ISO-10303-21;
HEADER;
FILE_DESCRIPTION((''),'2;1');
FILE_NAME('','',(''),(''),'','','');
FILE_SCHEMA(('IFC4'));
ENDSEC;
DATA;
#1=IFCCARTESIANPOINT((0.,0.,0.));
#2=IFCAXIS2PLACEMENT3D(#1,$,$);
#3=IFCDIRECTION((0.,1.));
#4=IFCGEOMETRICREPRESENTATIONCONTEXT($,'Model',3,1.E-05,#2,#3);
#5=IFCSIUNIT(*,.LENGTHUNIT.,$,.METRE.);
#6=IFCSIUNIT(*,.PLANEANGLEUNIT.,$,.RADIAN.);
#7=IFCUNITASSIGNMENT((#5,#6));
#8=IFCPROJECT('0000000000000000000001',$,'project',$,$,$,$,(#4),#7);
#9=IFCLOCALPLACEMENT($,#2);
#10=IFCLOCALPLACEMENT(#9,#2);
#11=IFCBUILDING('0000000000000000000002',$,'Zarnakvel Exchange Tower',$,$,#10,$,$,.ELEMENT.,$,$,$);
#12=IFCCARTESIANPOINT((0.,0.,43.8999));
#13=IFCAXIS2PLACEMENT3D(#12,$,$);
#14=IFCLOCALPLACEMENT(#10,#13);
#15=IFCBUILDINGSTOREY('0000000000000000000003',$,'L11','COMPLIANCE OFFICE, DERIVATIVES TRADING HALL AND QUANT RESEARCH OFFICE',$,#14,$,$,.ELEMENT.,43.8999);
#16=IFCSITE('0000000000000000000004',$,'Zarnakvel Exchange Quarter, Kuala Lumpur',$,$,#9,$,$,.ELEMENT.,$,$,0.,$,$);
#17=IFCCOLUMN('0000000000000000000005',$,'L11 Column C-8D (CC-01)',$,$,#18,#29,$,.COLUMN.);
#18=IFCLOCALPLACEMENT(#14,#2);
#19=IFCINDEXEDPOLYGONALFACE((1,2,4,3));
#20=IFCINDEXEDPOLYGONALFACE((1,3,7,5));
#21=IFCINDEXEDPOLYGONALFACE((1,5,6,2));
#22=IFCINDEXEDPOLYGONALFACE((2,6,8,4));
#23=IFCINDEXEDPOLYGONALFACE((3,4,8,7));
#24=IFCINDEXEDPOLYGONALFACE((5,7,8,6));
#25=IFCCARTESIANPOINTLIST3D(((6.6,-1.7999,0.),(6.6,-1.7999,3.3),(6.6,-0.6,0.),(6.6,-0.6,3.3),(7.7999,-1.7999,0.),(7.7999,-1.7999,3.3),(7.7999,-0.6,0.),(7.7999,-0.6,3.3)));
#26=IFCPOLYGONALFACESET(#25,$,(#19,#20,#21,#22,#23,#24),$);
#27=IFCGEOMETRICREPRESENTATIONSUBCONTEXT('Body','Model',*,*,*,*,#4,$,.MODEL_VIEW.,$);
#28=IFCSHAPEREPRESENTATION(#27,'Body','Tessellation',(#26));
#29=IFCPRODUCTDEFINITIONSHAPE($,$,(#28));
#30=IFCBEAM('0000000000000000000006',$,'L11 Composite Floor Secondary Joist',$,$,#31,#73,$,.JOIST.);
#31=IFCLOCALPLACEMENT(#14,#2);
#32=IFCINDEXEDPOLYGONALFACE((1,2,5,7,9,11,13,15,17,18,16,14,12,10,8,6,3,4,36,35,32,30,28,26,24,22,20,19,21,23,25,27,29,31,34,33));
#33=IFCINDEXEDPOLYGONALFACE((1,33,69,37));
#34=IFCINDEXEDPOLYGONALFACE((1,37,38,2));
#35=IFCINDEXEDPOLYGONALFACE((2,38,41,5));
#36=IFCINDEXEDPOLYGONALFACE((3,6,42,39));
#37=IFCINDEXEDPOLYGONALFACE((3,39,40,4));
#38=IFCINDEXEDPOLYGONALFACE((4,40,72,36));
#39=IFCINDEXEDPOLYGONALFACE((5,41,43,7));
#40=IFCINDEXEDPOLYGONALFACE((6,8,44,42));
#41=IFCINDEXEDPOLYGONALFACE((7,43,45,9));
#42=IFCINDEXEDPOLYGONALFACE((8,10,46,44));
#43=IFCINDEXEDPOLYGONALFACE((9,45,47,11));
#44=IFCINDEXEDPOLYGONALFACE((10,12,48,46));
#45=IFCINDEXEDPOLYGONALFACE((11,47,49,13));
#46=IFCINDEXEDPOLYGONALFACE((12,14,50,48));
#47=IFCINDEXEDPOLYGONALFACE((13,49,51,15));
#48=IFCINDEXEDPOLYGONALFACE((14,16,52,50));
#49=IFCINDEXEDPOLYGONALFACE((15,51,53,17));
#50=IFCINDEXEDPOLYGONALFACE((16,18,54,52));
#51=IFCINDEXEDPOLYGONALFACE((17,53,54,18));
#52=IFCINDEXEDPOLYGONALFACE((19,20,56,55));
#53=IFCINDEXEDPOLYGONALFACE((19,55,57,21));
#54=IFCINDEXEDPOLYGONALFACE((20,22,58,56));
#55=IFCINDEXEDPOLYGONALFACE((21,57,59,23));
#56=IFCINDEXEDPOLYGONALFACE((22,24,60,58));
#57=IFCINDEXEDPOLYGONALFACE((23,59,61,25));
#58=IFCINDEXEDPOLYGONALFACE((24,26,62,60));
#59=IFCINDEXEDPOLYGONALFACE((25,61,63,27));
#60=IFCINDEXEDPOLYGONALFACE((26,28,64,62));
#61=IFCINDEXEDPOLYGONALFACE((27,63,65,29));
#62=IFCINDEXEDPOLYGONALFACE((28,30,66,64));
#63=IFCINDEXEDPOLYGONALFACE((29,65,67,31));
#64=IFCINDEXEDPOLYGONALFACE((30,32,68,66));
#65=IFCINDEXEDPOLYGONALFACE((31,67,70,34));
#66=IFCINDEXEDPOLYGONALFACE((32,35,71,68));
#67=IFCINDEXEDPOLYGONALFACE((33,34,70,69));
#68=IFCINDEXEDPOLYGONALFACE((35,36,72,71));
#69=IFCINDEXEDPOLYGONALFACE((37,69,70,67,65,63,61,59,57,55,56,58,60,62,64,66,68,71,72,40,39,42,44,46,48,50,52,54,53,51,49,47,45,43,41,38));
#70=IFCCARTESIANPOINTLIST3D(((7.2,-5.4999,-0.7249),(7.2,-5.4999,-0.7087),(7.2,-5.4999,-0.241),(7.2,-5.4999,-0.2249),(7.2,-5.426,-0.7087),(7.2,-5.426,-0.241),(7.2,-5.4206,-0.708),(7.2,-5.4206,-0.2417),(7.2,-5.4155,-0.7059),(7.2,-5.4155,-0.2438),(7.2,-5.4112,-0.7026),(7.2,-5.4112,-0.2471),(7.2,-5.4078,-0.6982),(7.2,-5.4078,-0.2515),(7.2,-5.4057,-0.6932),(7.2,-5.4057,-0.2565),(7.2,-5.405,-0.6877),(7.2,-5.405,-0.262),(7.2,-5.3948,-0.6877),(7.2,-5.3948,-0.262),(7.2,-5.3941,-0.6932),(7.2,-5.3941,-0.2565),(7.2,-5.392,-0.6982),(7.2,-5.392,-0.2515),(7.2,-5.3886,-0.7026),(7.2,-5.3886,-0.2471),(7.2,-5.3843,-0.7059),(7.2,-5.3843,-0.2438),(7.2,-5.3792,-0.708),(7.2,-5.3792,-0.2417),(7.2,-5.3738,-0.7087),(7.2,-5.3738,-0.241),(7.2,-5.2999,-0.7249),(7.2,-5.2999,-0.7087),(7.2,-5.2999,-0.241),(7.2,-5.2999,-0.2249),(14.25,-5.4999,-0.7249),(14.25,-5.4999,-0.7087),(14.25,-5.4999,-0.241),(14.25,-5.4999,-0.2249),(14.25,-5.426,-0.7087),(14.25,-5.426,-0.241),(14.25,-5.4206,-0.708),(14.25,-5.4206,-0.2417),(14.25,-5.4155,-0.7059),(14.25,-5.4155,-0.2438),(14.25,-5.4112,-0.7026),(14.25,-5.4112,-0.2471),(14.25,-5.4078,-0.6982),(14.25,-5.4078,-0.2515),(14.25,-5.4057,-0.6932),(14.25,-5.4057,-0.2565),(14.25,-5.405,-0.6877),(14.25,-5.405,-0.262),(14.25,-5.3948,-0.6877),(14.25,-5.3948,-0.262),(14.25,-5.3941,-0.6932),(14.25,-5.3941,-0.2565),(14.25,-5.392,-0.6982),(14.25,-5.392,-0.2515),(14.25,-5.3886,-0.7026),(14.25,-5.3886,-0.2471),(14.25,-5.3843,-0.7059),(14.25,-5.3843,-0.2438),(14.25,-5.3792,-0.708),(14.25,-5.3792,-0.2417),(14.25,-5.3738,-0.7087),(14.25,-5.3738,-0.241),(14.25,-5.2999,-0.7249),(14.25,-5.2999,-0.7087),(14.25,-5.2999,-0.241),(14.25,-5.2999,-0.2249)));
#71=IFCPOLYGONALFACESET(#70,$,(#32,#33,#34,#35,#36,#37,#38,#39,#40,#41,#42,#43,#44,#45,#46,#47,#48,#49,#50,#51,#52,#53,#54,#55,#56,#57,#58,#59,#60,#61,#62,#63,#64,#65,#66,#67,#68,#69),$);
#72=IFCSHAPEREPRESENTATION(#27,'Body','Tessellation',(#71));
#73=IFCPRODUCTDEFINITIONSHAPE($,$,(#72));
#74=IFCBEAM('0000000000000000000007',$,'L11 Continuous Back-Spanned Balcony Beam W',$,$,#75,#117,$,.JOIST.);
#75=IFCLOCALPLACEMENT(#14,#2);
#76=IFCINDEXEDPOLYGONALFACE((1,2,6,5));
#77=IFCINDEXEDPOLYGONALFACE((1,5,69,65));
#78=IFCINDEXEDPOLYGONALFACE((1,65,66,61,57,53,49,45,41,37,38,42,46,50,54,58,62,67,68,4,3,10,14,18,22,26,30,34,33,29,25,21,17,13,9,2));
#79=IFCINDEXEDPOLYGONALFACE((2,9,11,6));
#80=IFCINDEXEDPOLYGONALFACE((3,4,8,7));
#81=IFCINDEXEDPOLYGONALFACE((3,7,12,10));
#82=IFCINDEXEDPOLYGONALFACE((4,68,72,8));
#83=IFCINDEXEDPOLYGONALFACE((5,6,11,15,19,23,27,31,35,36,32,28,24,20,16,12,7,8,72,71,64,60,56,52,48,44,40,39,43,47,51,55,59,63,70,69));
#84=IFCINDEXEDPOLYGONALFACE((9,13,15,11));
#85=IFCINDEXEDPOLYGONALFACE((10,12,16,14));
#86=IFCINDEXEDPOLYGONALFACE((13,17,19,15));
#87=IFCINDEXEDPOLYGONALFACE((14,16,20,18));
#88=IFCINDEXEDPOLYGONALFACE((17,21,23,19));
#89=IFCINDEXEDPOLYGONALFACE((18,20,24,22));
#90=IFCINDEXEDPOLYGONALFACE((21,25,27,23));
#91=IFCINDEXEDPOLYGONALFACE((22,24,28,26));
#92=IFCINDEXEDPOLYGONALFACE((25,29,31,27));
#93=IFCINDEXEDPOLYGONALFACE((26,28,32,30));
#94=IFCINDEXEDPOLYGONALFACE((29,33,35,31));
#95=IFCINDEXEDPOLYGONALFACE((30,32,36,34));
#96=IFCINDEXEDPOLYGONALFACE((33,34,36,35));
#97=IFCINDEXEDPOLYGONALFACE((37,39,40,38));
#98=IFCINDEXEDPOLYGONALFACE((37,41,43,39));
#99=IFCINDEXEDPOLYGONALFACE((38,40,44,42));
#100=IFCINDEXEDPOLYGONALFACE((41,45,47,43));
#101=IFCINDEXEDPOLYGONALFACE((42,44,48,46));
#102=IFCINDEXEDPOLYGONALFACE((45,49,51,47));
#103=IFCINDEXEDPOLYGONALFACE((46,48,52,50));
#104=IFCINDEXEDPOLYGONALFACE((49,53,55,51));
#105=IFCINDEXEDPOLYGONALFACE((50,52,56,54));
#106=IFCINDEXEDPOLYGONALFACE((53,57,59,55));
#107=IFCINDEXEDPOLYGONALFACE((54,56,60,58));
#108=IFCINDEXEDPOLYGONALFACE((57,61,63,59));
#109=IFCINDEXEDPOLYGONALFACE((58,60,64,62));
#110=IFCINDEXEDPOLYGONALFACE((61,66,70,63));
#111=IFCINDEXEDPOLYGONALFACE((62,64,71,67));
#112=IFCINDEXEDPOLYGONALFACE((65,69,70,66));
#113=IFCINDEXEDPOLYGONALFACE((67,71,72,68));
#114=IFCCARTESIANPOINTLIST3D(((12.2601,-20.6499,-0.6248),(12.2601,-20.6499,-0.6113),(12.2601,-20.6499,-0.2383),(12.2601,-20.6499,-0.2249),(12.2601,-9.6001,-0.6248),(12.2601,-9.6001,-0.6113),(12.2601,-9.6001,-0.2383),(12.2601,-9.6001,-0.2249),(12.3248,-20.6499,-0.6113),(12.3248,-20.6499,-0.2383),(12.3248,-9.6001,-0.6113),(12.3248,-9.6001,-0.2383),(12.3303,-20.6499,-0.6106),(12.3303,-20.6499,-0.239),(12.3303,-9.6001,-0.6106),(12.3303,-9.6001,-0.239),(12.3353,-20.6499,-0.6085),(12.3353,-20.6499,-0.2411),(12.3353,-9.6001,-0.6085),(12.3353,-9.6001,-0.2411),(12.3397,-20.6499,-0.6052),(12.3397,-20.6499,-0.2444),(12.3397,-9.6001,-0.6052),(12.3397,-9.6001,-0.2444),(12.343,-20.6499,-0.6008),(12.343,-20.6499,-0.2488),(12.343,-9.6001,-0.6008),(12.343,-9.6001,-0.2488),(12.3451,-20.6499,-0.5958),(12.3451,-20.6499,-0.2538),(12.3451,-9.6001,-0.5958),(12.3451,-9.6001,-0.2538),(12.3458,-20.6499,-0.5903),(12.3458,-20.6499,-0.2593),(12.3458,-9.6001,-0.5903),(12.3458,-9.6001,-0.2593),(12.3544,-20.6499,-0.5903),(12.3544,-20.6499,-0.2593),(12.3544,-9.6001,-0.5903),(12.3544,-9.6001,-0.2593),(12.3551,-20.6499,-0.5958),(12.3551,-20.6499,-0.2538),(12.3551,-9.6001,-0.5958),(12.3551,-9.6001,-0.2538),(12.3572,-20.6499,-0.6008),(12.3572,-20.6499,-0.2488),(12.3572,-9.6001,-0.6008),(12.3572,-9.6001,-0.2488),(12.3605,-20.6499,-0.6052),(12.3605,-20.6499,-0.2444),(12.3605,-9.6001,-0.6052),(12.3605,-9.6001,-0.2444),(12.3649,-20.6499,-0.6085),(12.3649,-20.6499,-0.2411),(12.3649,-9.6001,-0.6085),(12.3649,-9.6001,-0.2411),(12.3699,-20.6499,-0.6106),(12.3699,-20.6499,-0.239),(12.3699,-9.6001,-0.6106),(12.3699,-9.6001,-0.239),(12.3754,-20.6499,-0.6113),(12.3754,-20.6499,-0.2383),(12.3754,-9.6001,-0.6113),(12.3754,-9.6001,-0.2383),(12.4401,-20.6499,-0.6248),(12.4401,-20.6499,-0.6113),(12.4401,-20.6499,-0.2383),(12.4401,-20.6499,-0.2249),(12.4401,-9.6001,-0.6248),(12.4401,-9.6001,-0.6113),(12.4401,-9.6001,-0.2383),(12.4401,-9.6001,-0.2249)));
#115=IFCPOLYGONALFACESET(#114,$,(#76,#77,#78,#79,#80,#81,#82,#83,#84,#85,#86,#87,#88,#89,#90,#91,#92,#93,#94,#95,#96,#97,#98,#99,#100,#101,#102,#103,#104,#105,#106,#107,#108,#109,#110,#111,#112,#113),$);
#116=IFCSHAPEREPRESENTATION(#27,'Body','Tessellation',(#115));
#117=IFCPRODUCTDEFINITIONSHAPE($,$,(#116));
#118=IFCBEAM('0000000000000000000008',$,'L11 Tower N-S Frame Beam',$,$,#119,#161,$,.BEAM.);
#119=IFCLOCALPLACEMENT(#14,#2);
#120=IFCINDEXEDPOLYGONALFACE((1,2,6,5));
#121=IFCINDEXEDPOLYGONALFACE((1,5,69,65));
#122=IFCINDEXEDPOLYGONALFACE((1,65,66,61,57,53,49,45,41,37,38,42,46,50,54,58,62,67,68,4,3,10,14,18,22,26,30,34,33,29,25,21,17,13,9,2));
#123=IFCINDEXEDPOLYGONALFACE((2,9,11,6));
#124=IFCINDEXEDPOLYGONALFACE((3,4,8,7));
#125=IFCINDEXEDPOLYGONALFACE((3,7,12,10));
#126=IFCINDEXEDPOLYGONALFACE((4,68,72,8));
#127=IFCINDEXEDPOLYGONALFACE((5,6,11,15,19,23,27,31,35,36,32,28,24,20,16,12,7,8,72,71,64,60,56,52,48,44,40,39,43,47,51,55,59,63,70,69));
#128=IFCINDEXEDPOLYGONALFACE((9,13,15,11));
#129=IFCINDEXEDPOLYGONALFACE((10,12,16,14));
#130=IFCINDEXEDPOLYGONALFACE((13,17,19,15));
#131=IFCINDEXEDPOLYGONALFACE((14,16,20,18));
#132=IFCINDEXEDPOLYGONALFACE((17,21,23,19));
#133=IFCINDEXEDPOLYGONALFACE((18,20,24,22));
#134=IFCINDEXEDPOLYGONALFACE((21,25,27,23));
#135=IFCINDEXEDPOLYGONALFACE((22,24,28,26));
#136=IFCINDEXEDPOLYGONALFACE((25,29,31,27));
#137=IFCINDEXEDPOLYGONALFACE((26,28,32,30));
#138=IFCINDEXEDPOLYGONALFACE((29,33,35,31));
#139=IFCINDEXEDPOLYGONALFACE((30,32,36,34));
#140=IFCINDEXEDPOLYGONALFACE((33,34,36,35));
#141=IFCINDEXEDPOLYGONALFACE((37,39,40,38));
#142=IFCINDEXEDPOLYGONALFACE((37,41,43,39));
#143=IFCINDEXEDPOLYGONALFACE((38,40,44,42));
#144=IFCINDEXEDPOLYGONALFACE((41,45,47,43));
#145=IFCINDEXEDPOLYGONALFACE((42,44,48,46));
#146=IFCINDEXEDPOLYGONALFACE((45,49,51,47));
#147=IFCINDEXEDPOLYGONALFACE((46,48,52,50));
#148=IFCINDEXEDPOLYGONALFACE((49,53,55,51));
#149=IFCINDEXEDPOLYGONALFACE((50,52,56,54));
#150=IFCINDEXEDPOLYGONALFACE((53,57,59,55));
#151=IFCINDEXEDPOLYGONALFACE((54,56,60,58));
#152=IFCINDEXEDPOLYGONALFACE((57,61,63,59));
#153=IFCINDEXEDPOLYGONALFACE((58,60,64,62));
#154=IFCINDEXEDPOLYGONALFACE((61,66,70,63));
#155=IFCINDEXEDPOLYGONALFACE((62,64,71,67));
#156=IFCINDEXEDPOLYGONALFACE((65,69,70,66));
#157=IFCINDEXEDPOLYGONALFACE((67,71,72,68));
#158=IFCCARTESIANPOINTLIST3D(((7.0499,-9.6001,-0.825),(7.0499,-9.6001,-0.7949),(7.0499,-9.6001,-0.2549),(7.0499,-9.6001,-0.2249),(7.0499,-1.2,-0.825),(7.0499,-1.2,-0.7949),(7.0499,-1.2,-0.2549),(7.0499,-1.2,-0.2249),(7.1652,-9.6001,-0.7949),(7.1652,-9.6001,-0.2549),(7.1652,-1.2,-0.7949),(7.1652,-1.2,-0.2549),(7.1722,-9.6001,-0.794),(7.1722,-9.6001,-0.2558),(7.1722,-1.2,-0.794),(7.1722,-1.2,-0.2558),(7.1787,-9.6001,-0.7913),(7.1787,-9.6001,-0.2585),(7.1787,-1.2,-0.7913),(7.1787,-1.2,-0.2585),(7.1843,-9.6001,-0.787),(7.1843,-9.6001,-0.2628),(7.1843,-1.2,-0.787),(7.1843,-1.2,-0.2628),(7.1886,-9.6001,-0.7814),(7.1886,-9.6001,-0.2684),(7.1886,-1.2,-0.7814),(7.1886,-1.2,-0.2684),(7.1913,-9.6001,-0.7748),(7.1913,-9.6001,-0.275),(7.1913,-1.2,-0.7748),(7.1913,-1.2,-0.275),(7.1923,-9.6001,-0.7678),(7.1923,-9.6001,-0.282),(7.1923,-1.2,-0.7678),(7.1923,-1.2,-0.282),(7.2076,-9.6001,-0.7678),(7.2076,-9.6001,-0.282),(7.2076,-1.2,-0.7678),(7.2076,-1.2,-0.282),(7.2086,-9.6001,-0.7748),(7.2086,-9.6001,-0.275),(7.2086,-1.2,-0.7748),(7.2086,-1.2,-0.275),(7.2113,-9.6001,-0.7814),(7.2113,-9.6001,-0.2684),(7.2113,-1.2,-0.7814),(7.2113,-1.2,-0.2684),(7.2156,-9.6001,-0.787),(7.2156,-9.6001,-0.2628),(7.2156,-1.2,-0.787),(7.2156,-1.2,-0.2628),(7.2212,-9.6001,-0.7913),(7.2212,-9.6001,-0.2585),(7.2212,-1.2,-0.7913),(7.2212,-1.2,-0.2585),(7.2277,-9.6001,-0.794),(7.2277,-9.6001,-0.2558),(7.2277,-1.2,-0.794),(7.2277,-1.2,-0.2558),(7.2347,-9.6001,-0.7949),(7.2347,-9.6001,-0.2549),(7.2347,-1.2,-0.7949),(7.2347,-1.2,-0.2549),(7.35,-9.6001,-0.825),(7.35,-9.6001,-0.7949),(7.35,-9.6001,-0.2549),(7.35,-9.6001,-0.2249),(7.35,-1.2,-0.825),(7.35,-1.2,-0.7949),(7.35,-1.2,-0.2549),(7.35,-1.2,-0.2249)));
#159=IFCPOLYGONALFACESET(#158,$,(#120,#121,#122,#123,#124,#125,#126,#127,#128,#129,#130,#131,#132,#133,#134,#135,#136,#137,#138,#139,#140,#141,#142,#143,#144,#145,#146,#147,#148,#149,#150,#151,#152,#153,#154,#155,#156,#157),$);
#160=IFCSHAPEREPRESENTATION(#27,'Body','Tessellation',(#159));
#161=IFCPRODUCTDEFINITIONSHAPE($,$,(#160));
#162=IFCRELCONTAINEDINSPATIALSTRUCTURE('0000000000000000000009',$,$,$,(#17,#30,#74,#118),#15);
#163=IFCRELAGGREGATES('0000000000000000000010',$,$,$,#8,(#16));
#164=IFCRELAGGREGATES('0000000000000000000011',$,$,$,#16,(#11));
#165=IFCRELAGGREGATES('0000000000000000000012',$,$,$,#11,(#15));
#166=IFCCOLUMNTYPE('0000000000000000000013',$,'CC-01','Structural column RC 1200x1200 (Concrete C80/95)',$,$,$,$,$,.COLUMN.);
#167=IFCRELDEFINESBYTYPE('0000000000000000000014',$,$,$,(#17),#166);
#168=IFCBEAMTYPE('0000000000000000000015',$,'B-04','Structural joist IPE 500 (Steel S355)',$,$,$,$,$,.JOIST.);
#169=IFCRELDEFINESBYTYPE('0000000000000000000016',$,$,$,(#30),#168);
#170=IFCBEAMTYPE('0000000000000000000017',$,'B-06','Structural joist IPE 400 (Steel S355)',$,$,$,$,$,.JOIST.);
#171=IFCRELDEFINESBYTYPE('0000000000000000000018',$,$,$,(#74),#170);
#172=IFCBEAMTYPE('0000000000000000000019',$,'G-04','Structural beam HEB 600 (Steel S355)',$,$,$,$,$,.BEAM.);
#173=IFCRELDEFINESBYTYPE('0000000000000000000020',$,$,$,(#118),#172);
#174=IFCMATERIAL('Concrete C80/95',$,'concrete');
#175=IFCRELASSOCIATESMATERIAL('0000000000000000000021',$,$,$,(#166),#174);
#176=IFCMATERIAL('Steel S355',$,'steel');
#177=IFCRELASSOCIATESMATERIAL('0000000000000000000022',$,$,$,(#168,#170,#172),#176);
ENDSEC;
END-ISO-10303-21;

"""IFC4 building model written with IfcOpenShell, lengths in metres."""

from ifc_helpers import new_model, si_unit, direction, frame, origin, origin_2d, place, context, subcontext, project, spatial, rectangle, i_section, extrude, material, material_profile, profile_set, type_object, element, save


model = new_model("IFC4")

# Units and contexts
model_context = context("Model", 3, precision=1e-05, world=origin(), true_north=direction((0.0, 1.0)))
body_context = subcontext(model_context, "Body", "Model", "MODEL_VIEW")
ifc_project = project(units=[si_unit("LENGTHUNIT", "METRE"), si_unit("PLANEANGLEUNIT", "RADIAN")], contexts=[model_context])

# Site, building, storey
site_placement = place(None, origin())
site = spatial("IfcSite", under=ifc_project, at=site_placement, Name="Zarnakvel Exchange Quarter, Kuala Lumpur", CompositionType="ELEMENT", RefElevation=0.0)
building_placement = place(site_placement, origin())
building = spatial("IfcBuilding", under=site, at=building_placement, Name="Zarnakvel Exchange Tower", CompositionType="ELEMENT")
storey_placement = place(building_placement, frame((0.0, 0.0, 43.8999)))
storey = spatial("IfcBuildingStorey", under=building, at=storey_placement, Name="L11", Description="COMPLIANCE OFFICE, DERIVATIVES TRADING HALL AND QUANT RESEARCH OFFICE", CompositionType="ELEMENT", Elevation=43.8999)

# Column
ifc_material_1 = material(Name="Concrete C80/95", Category="concrete")
ifc_material_profile_1 = material_profile(ifc_material_1, rectangle(XDim=1.2, YDim=1.2, at=origin_2d()))
ifc_profile_set_1 = profile_set([ifc_material_profile_1], Name="Concrete C80/95")
column_type = type_object("IfcColumnType", Name="CC-01", Description="Structural column RC 1200x1200 (Concrete C80/95)", PredefinedType="COLUMN", material=ifc_profile_set_1)
column_placement = place(storey_placement, frame((7.2, -1.2, 0.0), z_axis=(0.0, 0.0, 1.0), x_axis=(1.0, 0.0, 0.0)))
element("IfcColumn", 1, at=column_placement, inside=storey, type_object=column_type, Name="L11 Column C-8D (CC-01)", PredefinedType="COLUMN", context=body_context, shape_type="SweptSolid", body=[
    extrude(rectangle(XDim=1.2, YDim=1.2, at=origin_2d()), origin(), (0.0, 0.0, 1.0), 3.3),
])

# Beams
ifc_material_2 = material(Name="Steel S355", Category="steel")
ifc_material_profile_2 = material_profile(ifc_material_2, i_section(OverallWidth=0.2, OverallDepth=0.5, WebThickness=0.0103, FlangeThickness=0.0161, FilletRadius=0.021, at=origin_2d()))
ifc_profile_set_2 = profile_set([ifc_material_profile_2], Name="Steel S355")
beam_type_1 = type_object("IfcBeamType", Name="B-04", Description="Structural joist IPE 500 (Steel S355)", PredefinedType="JOIST", material=ifc_profile_set_2)
beam_1_placement = place(storey_placement, frame((7.2, -5.3999, -0.4749), z_axis=(1.0, 0.0, 0.0), x_axis=(0.0, 1.0, 0.0)))
element("IfcBeam", 2, at=beam_1_placement, inside=storey, type_object=beam_type_1, Name="L11 Composite Floor Secondary Joist", PredefinedType="JOIST", context=body_context, shape_type="SweptSolid", body=[
    extrude(i_section(OverallWidth=0.2, OverallDepth=0.5, WebThickness=0.0103, FlangeThickness=0.0161, FilletRadius=0.021, at=origin_2d()), origin(), (0.0, 0.0, 1.0), 7.05),
])
ifc_material_profile_3 = material_profile(ifc_material_2, i_section(OverallWidth=0.1799, OverallDepth=0.3999, WebThickness=0.0085, FlangeThickness=0.0134, FilletRadius=0.021, at=origin_2d()))
ifc_profile_set_3 = profile_set([ifc_material_profile_3], Name="Steel S355")
beam_type_2 = type_object("IfcBeamType", Name="B-06", Description="Structural joist IPE 400 (Steel S355)", PredefinedType="JOIST", material=ifc_profile_set_3)
beam_2_placement = place(storey_placement, frame((12.3501, -9.6001, -0.4248), z_axis=(0.0, -1.0, 0.0), x_axis=(1.0, 0.0, 0.0)))
element("IfcBeam", 3, at=beam_2_placement, inside=storey, type_object=beam_type_2, Name="L11 Continuous Back-Spanned Balcony Beam W", PredefinedType="JOIST", context=body_context, shape_type="SweptSolid", body=[
    extrude(i_section(OverallWidth=0.1799, OverallDepth=0.3999, WebThickness=0.0085, FlangeThickness=0.0134, FilletRadius=0.021, at=origin_2d()), origin(), (0.0, 0.0, 1.0), 11.0498),
])
ifc_material_profile_4 = material_profile(ifc_material_2, i_section(OverallWidth=0.3, OverallDepth=0.6001, WebThickness=0.0154, FlangeThickness=0.03, FilletRadius=0.0271, at=origin_2d()))
ifc_profile_set_4 = profile_set([ifc_material_profile_4], Name="Steel S355")
beam_type_3 = type_object("IfcBeamType", Name="G-04", Description="Structural beam HEB 600 (Steel S355)", PredefinedType="BEAM", material=ifc_profile_set_4)
beam_3_placement = place(storey_placement, frame((7.2, -9.6001, -0.5249), z_axis=(0.0, 1.0, 0.0), x_axis=(-1.0, 0.0, 0.0)))
element("IfcBeam", 4, at=beam_3_placement, inside=storey, type_object=beam_type_3, Name="L11 Tower N-S Frame Beam", PredefinedType="BEAM", context=body_context, shape_type="SweptSolid", body=[
    extrude(i_section(OverallWidth=0.3, OverallDepth=0.6001, WebThickness=0.0154, FlangeThickness=0.03, FilletRadius=0.0271, at=origin_2d()), origin(), (0.0, 0.0, 1.0), 8.4001),
])

save(model, "model.ifc")
